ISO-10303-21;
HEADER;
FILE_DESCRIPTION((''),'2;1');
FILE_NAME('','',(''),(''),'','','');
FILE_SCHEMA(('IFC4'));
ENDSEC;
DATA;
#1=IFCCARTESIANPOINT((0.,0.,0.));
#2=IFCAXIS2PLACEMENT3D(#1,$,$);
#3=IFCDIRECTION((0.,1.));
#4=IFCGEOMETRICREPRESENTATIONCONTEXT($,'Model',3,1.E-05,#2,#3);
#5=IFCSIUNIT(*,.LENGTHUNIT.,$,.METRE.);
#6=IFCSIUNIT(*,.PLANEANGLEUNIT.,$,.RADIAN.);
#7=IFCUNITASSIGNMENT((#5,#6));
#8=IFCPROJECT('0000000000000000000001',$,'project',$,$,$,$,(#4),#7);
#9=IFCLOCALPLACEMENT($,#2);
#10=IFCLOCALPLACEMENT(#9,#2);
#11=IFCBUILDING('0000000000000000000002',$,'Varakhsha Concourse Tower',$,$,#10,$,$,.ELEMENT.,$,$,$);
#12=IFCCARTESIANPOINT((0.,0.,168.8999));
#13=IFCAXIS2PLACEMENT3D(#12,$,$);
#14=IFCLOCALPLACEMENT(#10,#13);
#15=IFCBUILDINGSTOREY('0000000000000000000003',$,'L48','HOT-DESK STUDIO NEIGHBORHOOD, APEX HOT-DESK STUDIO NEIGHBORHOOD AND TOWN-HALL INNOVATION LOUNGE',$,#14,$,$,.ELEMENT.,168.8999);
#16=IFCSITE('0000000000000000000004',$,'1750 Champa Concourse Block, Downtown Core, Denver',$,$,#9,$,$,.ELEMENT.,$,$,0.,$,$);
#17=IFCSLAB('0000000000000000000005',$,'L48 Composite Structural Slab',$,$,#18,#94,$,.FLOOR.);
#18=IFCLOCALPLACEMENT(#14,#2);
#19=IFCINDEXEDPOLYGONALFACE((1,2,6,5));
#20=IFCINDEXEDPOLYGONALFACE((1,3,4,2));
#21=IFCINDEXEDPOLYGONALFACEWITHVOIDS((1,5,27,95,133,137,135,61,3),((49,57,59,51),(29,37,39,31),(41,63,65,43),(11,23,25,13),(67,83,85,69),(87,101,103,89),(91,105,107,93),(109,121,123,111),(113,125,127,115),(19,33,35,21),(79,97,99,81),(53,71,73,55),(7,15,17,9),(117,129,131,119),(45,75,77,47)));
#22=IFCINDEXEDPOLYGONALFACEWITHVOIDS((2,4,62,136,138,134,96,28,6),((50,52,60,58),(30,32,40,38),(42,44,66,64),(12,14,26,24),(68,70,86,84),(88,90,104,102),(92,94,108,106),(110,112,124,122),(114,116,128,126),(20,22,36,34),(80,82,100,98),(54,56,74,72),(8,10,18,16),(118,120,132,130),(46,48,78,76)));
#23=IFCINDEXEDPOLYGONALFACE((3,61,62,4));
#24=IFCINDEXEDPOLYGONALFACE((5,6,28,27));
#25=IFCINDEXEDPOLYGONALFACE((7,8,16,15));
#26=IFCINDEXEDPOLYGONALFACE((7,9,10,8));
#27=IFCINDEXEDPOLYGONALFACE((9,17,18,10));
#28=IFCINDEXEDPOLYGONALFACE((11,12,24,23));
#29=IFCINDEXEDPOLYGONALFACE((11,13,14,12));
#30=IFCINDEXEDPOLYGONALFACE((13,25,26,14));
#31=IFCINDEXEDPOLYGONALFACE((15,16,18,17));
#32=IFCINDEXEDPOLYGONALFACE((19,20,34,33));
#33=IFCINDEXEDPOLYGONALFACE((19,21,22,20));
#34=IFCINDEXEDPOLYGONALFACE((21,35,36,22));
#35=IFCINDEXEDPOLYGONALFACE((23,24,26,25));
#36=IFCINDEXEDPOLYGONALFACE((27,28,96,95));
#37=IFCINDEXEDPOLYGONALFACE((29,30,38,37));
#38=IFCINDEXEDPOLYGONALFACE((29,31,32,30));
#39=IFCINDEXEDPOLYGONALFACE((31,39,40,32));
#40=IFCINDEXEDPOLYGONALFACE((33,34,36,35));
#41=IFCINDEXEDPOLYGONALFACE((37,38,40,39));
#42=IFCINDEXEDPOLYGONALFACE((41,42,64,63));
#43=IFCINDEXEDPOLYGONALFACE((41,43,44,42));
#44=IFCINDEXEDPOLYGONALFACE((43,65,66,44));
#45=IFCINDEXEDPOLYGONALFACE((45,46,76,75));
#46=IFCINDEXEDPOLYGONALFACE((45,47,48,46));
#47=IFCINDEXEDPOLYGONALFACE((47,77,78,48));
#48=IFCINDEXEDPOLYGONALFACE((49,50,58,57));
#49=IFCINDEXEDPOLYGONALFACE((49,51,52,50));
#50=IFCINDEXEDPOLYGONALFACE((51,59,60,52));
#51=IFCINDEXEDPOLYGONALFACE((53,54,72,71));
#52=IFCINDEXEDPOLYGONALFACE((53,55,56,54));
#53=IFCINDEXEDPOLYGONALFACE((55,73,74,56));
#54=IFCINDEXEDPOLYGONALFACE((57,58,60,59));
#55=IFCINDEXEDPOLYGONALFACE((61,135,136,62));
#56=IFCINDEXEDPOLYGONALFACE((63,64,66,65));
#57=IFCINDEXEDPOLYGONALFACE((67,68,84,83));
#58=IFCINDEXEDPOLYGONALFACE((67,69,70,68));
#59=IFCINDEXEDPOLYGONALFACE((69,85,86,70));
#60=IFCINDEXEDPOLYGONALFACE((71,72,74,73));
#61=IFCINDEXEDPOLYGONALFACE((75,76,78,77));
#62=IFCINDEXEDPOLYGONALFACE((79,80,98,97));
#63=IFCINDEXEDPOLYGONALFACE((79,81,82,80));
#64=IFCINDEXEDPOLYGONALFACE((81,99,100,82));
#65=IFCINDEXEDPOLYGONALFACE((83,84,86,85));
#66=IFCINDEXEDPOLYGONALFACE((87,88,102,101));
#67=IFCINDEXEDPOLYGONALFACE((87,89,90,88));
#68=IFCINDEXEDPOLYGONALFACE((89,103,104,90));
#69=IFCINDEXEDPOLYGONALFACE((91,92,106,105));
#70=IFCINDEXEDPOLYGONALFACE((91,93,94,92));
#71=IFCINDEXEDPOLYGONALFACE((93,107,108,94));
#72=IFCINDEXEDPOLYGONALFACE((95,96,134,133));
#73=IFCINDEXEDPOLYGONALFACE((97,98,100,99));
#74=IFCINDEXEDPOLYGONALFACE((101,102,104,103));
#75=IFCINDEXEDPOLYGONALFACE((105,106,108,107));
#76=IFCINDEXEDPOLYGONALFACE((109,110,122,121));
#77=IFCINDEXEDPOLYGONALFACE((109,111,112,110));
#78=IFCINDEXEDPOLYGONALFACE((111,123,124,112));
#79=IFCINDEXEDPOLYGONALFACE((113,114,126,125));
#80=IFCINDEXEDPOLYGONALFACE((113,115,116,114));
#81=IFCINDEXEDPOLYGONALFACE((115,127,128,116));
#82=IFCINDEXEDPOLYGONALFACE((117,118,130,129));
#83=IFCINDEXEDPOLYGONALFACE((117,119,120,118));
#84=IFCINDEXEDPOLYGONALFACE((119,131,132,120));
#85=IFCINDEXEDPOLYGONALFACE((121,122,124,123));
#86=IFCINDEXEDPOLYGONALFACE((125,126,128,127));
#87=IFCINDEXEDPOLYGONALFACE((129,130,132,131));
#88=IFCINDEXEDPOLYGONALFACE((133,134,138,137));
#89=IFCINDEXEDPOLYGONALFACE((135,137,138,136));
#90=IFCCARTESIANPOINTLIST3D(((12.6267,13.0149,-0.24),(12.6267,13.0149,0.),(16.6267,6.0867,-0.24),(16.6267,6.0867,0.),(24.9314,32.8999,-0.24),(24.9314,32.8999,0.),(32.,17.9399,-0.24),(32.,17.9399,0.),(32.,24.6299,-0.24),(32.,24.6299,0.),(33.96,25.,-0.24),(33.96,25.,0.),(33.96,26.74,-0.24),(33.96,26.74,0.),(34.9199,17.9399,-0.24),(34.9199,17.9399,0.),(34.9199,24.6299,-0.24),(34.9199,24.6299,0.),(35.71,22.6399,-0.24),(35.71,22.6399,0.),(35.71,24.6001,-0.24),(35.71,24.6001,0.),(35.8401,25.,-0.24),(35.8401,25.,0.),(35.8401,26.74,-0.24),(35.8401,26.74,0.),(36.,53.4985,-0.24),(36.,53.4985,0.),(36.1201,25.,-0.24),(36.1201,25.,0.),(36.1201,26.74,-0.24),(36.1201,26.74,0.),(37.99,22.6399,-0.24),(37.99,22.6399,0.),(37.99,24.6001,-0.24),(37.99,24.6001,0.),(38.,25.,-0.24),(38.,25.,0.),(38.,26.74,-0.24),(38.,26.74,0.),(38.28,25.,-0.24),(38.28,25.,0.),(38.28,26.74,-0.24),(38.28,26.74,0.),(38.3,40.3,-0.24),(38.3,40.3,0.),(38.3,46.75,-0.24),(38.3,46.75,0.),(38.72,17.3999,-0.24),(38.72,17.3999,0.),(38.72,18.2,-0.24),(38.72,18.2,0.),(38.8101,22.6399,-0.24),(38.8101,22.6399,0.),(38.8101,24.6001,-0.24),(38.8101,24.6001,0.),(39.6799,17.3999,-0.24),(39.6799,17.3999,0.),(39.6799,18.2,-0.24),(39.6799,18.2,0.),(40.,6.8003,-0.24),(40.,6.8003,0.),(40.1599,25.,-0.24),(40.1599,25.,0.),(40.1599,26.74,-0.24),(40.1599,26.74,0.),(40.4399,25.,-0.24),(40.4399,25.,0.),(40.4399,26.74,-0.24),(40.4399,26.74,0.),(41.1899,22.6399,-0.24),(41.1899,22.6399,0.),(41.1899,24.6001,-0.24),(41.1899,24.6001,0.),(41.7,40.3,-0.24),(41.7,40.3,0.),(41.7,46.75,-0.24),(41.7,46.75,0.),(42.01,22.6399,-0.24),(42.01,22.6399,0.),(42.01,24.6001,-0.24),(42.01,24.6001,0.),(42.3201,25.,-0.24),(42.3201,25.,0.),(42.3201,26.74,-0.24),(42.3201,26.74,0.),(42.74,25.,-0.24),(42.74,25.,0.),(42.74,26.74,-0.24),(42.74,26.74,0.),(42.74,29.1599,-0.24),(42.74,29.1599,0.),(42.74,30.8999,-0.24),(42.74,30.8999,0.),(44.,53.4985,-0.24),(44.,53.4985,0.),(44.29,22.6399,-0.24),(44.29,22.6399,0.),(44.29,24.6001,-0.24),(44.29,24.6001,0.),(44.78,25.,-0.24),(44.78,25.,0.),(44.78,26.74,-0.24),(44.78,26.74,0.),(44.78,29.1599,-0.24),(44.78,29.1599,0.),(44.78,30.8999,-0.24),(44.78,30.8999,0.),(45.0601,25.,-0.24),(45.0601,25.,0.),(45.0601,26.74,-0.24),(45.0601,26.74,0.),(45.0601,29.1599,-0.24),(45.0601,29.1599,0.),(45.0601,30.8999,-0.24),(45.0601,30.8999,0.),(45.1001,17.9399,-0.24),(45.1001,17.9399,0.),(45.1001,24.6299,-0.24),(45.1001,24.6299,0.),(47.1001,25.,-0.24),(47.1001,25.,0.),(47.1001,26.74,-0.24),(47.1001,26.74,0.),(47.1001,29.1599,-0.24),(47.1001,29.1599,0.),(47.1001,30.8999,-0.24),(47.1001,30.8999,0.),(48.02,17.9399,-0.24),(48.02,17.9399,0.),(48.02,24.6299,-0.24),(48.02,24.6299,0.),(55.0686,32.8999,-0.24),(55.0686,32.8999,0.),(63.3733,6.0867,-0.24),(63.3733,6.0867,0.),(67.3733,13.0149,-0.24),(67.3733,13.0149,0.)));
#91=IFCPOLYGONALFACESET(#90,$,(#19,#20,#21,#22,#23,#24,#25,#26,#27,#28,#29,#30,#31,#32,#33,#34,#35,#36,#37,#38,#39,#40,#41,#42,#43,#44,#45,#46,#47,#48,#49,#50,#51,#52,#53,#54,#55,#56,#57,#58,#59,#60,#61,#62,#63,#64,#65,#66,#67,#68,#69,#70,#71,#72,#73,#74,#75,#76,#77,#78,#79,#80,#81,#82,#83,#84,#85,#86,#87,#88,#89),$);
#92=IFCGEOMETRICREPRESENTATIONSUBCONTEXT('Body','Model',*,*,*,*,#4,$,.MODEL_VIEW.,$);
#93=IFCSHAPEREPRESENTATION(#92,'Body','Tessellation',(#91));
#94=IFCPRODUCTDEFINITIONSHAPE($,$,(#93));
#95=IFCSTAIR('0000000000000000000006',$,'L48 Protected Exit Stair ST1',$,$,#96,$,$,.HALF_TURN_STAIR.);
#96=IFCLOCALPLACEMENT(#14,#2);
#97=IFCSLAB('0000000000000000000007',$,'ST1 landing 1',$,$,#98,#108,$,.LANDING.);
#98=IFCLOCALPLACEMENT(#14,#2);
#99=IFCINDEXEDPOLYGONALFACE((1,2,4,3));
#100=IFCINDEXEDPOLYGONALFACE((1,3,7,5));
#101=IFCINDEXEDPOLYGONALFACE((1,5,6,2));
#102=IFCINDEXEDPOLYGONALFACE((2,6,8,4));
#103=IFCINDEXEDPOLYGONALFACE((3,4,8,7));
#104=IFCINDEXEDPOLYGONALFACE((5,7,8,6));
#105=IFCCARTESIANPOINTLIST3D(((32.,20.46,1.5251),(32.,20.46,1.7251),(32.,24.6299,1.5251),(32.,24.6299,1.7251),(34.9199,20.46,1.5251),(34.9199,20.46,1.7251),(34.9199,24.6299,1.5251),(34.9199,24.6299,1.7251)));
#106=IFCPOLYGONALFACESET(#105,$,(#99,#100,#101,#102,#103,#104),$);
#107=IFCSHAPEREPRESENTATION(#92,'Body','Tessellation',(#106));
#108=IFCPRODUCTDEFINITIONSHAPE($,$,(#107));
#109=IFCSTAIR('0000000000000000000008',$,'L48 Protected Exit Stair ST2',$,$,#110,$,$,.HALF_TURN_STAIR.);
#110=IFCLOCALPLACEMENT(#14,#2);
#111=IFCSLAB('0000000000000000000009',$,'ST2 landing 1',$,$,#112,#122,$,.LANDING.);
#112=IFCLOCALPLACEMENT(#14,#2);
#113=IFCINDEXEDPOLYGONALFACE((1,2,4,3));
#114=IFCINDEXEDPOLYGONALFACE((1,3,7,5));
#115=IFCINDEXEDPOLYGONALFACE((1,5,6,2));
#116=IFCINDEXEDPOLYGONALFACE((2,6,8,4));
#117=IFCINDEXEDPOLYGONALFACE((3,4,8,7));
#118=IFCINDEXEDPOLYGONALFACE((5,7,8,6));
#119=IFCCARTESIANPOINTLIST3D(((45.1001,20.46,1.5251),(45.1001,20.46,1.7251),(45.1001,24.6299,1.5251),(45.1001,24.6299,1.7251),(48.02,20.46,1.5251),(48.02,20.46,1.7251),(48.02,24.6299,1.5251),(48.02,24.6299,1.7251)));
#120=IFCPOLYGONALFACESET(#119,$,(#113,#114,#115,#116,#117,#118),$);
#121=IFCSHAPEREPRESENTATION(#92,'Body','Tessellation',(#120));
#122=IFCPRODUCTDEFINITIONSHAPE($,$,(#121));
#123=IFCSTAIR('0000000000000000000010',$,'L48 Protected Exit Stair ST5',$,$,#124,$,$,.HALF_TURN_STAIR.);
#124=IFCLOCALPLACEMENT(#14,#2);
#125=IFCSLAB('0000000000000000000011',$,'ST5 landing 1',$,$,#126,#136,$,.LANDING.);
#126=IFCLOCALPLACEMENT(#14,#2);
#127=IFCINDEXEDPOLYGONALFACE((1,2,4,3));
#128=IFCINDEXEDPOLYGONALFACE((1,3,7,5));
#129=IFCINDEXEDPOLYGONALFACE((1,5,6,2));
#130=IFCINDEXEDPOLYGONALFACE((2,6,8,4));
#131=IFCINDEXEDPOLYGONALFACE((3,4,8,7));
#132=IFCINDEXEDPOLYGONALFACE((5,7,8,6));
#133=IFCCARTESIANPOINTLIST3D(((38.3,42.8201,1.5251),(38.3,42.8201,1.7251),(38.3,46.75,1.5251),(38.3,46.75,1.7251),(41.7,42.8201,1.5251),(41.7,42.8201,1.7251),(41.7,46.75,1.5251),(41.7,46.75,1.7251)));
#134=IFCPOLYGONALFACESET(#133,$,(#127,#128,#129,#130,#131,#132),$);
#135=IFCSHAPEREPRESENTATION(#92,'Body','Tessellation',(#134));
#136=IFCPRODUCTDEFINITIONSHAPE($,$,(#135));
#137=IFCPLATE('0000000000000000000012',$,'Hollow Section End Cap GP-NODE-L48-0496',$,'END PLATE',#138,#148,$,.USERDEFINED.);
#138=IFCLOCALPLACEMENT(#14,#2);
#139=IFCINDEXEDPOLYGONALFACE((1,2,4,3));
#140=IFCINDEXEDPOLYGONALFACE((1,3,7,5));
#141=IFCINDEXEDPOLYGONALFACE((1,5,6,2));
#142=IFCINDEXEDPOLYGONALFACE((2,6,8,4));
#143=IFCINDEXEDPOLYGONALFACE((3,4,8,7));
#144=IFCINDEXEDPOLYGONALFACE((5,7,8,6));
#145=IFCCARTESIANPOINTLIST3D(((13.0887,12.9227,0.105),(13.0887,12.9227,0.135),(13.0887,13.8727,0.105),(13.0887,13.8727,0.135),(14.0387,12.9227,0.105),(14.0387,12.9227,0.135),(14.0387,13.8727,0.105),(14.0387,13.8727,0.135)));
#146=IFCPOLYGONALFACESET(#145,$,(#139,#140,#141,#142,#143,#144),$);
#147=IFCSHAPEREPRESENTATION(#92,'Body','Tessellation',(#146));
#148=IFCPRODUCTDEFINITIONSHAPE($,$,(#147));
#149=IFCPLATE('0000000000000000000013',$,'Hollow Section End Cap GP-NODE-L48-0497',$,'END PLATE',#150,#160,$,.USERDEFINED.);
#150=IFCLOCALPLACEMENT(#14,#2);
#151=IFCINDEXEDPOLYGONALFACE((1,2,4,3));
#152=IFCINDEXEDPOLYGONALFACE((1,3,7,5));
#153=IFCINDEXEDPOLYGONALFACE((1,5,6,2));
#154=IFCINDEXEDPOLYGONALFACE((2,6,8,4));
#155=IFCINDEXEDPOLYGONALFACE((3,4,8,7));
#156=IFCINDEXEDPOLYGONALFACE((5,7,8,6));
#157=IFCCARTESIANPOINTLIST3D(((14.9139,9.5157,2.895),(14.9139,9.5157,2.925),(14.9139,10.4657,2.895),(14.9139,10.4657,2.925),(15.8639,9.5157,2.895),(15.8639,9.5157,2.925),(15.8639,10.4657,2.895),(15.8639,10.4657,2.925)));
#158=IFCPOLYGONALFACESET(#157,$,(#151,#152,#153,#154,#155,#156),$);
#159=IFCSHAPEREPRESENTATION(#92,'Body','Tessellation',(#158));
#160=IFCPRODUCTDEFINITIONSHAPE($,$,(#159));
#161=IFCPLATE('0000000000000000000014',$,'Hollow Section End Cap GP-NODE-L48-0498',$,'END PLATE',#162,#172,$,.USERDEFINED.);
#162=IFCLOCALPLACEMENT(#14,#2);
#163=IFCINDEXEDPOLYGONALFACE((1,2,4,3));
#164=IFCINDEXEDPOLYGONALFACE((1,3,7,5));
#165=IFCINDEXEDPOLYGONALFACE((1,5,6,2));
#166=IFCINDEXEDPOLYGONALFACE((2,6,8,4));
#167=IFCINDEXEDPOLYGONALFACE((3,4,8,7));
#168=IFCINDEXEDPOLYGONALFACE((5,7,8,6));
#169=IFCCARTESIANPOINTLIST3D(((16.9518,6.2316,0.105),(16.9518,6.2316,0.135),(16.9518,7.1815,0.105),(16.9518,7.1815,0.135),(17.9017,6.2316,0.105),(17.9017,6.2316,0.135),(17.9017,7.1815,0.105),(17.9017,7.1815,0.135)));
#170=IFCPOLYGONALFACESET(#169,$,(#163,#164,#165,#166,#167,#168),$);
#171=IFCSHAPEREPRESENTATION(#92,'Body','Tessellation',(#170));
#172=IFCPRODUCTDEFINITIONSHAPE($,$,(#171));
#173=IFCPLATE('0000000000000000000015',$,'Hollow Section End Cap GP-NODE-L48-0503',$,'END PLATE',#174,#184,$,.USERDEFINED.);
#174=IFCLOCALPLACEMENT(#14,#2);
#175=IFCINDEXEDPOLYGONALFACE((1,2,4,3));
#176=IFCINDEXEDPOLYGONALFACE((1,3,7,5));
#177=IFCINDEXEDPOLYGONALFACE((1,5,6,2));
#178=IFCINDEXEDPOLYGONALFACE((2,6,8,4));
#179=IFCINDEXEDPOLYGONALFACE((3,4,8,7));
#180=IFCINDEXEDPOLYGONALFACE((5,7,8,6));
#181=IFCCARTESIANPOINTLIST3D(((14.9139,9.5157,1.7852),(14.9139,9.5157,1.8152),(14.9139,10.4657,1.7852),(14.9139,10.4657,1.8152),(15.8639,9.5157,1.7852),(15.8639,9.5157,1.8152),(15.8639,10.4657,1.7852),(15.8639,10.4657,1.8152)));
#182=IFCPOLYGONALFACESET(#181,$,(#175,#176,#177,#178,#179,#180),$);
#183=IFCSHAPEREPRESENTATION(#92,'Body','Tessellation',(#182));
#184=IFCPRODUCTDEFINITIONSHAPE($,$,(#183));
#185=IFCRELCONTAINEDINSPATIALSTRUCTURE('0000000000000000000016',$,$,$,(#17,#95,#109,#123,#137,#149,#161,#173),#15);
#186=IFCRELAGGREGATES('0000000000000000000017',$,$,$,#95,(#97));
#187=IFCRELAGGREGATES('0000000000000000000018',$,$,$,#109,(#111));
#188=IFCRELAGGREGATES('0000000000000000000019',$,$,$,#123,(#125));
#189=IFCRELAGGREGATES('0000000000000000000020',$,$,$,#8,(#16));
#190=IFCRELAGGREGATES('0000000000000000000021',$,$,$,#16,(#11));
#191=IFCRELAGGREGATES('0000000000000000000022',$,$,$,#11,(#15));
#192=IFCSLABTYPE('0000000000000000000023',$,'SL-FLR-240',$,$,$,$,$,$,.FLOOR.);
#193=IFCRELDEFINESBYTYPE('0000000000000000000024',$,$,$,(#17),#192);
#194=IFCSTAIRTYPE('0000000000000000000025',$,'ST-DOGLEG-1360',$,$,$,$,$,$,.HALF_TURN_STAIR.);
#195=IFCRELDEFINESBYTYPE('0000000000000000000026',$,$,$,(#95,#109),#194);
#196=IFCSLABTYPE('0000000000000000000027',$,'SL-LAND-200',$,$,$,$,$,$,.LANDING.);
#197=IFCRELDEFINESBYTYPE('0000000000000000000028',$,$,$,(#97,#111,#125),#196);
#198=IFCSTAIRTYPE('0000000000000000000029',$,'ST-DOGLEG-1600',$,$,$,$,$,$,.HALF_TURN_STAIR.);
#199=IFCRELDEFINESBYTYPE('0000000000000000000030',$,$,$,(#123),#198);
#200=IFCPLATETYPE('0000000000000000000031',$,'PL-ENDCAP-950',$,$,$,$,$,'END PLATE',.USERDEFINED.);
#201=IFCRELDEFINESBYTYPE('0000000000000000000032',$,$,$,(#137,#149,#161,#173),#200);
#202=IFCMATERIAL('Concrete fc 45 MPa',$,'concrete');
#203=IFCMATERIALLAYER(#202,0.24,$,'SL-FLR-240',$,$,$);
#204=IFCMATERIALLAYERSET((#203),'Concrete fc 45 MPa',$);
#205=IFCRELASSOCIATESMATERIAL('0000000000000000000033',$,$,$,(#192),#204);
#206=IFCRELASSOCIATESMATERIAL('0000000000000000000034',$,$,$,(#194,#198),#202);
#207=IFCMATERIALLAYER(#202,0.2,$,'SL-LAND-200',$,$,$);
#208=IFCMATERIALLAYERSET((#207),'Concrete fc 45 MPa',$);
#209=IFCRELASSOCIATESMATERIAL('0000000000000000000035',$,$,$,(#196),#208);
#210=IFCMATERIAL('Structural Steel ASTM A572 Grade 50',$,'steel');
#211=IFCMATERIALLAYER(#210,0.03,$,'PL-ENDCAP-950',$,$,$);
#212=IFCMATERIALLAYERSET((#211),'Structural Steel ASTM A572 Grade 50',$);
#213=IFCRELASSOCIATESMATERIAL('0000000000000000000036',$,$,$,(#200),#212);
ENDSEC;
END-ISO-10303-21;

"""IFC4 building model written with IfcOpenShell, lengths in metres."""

from ifc_helpers import new_model, si_unit, direction, frame, origin, origin_2d, place, context, subcontext, project, spatial, polyline, rectangle, outline, extrude, source, transform, mapped, material, layer, layer_set, type_object, type_shapes, element, aggregate, save


model = new_model("IFC4")

# Units and contexts
model_context = context("Model", 3, precision=1e-05, world=origin(), true_north=direction((0.0, 1.0)))
body_context = subcontext(model_context, "Body", "Model", "MODEL_VIEW")
ifc_project = project(units=[si_unit("LENGTHUNIT", "METRE"), si_unit("PLANEANGLEUNIT", "RADIAN")], contexts=[model_context])

# Site, building, storey
site_placement = place(None, origin())
site = spatial("IfcSite", under=ifc_project, at=site_placement, Name="1750 Champa Concourse Block, Downtown Core, Denver", CompositionType="ELEMENT", RefElevation=0.0)
building_placement = place(site_placement, origin())
building = spatial("IfcBuilding", under=site, at=building_placement, Name="Varakhsha Concourse Tower", CompositionType="ELEMENT")
storey_placement = place(building_placement, frame((0.0, 0.0, 168.8999)))
storey = spatial("IfcBuildingStorey", under=building, at=storey_placement, Name="L48", Description="HOT-DESK STUDIO NEIGHBORHOOD, APEX HOT-DESK STUDIO NEIGHBORHOOD AND TOWN-HALL INNOVATION LOUNGE", CompositionType="ELEMENT", Elevation=168.8999)

# Shared definitions
ifc_material_1 = material(Name="Structural Steel ASTM A572 Grade 50", Category="steel")

# Slab
ifc_material_2 = material(Name="Concrete fc 45 MPa", Category="concrete")
ifc_layer_1 = layer(ifc_material_2, 0.24, Name="SL-FLR-240")
ifc_layer_set_1 = layer_set([ifc_layer_1], Name="Concrete fc 45 MPa")
slab_type_1 = type_object("IfcSlabType", Name="SL-FLR-240", PredefinedType="FLOOR", material=ifc_layer_set_1)
slab_1_placement = place(storey_placement, frame((0.0, 0.0, -0.24)))
element("IfcSlab", 1, at=slab_1_placement, inside=storey, type_object=slab_type_1, Name="L48 Composite Structural Slab", PredefinedType="FLOOR", context=body_context, shape_type="SweptSolid", body=[
    extrude(outline(polyline([(44.0, 53.4985), (36.0, 53.4985), (24.9314, 32.8999), (12.6267, 13.0149), (16.6267, 6.0867), (40.0, 6.8003), (63.3733, 6.0867), (67.3733, 13.0149), (55.0686, 32.8999), (44.0, 53.4985)]), holes=[polyline([(34.9199, 17.9399), (34.9199, 24.6299), (32.0, 24.6299), (32.0, 17.9399), (34.9199, 17.9399)]), polyline([(48.02, 17.9399), (48.02, 24.6299), (45.1001, 24.6299), (45.1001, 17.9399), (48.02, 17.9399)]), polyline([(41.7, 40.3), (41.7, 46.75), (38.3, 46.75), (38.3, 40.3), (41.7, 40.3)]), polyline([(33.96, 25.0), (35.8401, 25.0), (35.8401, 26.74), (33.96, 26.74), (33.96, 25.0)]), polyline([(36.1201, 25.0), (38.0, 25.0), (38.0, 26.74), (36.1201, 26.74), (36.1201, 25.0)]), polyline([(38.28, 25.0), (40.1599, 25.0), (40.1599, 26.74), (38.28, 26.74), (38.28, 25.0)]), polyline([(40.4399, 25.0), (42.3201, 25.0), (42.3201, 26.74), (40.4399, 26.74), (40.4399, 25.0)]), polyline([(42.74, 29.1599), (44.78, 29.1599), (44.78, 30.8999), (42.74, 30.8999), (42.74, 29.1599)]), polyline([(45.0601, 29.1599), (47.1001, 29.1599), (47.1001, 30.8999), (45.0601, 30.8999), (45.0601, 29.1599)]), polyline([(42.74, 25.0), (44.78, 25.0), (44.78, 26.74), (42.74, 26.74), (42.74, 25.0)]), polyline([(45.0601, 25.0), (47.1001, 25.0), (47.1001, 26.74), (45.0601, 26.74), (45.0601, 25.0)]), polyline([(35.71, 22.6399), (37.99, 22.6399), (37.99, 24.6001), (35.71, 24.6001), (35.71, 22.6399)]), polyline([(42.01, 22.6399), (44.29, 22.6399), (44.29, 24.6001), (42.01, 24.6001), (42.01, 22.6399)]), polyline([(38.8101, 22.6399), (41.1899, 22.6399), (41.1899, 24.6001), (38.8101, 24.6001), (38.8101, 22.6399)]), polyline([(38.72, 17.3999), (39.6799, 17.3999), (39.6799, 18.2), (38.72, 18.2), (38.72, 17.3999)])]), origin(), (0.0, 0.0, 1.0), 0.24),
])

# Stairs, slabs
stair_type_1 = type_object("IfcStairType", Name="ST-DOGLEG-1360", PredefinedType="HALF_TURN_STAIR", material=ifc_material_2)
stair_1_placement = place(storey_placement, origin())
stair_1 = element("IfcStair", 2, at=stair_1_placement, inside=storey, type_object=stair_type_1, Name="L48 Protected Exit Stair ST1", PredefinedType="HALF_TURN_STAIR")
ifc_layer_2 = layer(ifc_material_2, 0.2, Name="SL-LAND-200")
ifc_layer_set_2 = layer_set([ifc_layer_2], Name="Concrete fc 45 MPa")
slab_type_2 = type_object("IfcSlabType", Name="SL-LAND-200", PredefinedType="LANDING", material=ifc_layer_set_2)
slab_2_placement = place(storey_placement, frame((0.0, 0.0, 1.5251)))
slab_2 = element("IfcSlab", 3, at=slab_2_placement, type_object=slab_type_2, Name="ST1 landing 1", PredefinedType="LANDING", context=body_context, shape_type="SweptSolid", body=[
    extrude(outline(polyline([(34.9199, 20.46), (34.9199, 24.6299), (32.0, 24.6299), (32.0, 20.46), (34.9199, 20.46)])), origin(), (0.0, 0.0, 1.0), 0.2),
])
aggregate(stair_1, [slab_2])
stair_2_placement = place(storey_placement, origin())
stair_2 = element("IfcStair", 4, at=stair_2_placement, inside=storey, type_object=stair_type_1, Name="L48 Protected Exit Stair ST2", PredefinedType="HALF_TURN_STAIR")
slab_3_placement = place(storey_placement, frame((0.0, 0.0, 1.5251)))
slab_3 = element("IfcSlab", 5, at=slab_3_placement, type_object=slab_type_2, Name="ST2 landing 1", PredefinedType="LANDING", context=body_context, shape_type="SweptSolid", body=[
    extrude(outline(polyline([(48.02, 20.46), (48.02, 24.6299), (45.1001, 24.6299), (45.1001, 20.46), (48.02, 20.46)])), origin(), (0.0, 0.0, 1.0), 0.2),
])
aggregate(stair_2, [slab_3])
stair_type_2 = type_object("IfcStairType", Name="ST-DOGLEG-1600", PredefinedType="HALF_TURN_STAIR", material=ifc_material_2)
stair_3_placement = place(storey_placement, origin())
stair_3 = element("IfcStair", 6, at=stair_3_placement, inside=storey, type_object=stair_type_2, Name="L48 Protected Exit Stair ST5", PredefinedType="HALF_TURN_STAIR")
slab_4_placement = place(storey_placement, frame((0.0, 0.0, 1.5251)))
slab_4 = element("IfcSlab", 7, at=slab_4_placement, type_object=slab_type_2, Name="ST5 landing 1", PredefinedType="LANDING", context=body_context, shape_type="SweptSolid", body=[
    extrude(outline(polyline([(41.7, 42.8201), (41.7, 46.75), (38.3, 46.75), (38.3, 42.8201), (41.7, 42.8201)])), origin(), (0.0, 0.0, 1.0), 0.2),
])
aggregate(stair_3, [slab_4])

# Plates
ifc_layer_3 = layer(ifc_material_1, 0.03, Name="PL-ENDCAP-950")
ifc_layer_set_3 = layer_set([ifc_layer_3], Name="Structural Steel ASTM A572 Grade 50")
plate_type_1 = type_object("IfcPlateType", Name="PL-ENDCAP-950", ElementType="END PLATE", PredefinedType="USERDEFINED", material=ifc_layer_set_3)
shared_shape_1 = source(origin(), body_context, "Body", "SweptSolid", [
    extrude(rectangle(XDim=0.95, YDim=0.95, at=origin_2d()), origin(), (0.0, 0.0, 1.0), 0.03),
])
type_shapes(plate_type_1, [shared_shape_1])
for number, where, z_axis, x_axis, name in (
    (8, (13.5637, 13.3977, 0.105), (0.0, 0.0, 1.0), (1.0, 0.0, 0.0), "Hollow Section End Cap GP-NODE-L48-0496"),
    (9, (15.3889, 9.9907, 2.895), (0.0, 0.0, 1.0), (1.0, 0.0, 0.0), "Hollow Section End Cap GP-NODE-L48-0497"),
    (10, (17.4268, 6.7065, 0.105), (0.0, 0.0, 1.0), (1.0, 0.0, 0.0), "Hollow Section End Cap GP-NODE-L48-0498"),
    (11, (15.3889, 9.9907, 1.7852), (0.0, 0.0, 1.0), (1.0, 0.0, 0.0), "Hollow Section End Cap GP-NODE-L48-0503"),
):
    element("IfcPlate", number, at=place(storey_placement, frame(where, z_axis=z_axis, x_axis=x_axis)), inside=storey, type_object=plate_type_1, Name=name, ObjectType="END PLATE", PredefinedType="USERDEFINED", context=body_context, shape_type="MappedRepresentation", body=[
        mapped(shared_shape_1, transform((0.0, 0.0, 0.0), scale=1.0)),
    ])

save(model, "model.ifc")
